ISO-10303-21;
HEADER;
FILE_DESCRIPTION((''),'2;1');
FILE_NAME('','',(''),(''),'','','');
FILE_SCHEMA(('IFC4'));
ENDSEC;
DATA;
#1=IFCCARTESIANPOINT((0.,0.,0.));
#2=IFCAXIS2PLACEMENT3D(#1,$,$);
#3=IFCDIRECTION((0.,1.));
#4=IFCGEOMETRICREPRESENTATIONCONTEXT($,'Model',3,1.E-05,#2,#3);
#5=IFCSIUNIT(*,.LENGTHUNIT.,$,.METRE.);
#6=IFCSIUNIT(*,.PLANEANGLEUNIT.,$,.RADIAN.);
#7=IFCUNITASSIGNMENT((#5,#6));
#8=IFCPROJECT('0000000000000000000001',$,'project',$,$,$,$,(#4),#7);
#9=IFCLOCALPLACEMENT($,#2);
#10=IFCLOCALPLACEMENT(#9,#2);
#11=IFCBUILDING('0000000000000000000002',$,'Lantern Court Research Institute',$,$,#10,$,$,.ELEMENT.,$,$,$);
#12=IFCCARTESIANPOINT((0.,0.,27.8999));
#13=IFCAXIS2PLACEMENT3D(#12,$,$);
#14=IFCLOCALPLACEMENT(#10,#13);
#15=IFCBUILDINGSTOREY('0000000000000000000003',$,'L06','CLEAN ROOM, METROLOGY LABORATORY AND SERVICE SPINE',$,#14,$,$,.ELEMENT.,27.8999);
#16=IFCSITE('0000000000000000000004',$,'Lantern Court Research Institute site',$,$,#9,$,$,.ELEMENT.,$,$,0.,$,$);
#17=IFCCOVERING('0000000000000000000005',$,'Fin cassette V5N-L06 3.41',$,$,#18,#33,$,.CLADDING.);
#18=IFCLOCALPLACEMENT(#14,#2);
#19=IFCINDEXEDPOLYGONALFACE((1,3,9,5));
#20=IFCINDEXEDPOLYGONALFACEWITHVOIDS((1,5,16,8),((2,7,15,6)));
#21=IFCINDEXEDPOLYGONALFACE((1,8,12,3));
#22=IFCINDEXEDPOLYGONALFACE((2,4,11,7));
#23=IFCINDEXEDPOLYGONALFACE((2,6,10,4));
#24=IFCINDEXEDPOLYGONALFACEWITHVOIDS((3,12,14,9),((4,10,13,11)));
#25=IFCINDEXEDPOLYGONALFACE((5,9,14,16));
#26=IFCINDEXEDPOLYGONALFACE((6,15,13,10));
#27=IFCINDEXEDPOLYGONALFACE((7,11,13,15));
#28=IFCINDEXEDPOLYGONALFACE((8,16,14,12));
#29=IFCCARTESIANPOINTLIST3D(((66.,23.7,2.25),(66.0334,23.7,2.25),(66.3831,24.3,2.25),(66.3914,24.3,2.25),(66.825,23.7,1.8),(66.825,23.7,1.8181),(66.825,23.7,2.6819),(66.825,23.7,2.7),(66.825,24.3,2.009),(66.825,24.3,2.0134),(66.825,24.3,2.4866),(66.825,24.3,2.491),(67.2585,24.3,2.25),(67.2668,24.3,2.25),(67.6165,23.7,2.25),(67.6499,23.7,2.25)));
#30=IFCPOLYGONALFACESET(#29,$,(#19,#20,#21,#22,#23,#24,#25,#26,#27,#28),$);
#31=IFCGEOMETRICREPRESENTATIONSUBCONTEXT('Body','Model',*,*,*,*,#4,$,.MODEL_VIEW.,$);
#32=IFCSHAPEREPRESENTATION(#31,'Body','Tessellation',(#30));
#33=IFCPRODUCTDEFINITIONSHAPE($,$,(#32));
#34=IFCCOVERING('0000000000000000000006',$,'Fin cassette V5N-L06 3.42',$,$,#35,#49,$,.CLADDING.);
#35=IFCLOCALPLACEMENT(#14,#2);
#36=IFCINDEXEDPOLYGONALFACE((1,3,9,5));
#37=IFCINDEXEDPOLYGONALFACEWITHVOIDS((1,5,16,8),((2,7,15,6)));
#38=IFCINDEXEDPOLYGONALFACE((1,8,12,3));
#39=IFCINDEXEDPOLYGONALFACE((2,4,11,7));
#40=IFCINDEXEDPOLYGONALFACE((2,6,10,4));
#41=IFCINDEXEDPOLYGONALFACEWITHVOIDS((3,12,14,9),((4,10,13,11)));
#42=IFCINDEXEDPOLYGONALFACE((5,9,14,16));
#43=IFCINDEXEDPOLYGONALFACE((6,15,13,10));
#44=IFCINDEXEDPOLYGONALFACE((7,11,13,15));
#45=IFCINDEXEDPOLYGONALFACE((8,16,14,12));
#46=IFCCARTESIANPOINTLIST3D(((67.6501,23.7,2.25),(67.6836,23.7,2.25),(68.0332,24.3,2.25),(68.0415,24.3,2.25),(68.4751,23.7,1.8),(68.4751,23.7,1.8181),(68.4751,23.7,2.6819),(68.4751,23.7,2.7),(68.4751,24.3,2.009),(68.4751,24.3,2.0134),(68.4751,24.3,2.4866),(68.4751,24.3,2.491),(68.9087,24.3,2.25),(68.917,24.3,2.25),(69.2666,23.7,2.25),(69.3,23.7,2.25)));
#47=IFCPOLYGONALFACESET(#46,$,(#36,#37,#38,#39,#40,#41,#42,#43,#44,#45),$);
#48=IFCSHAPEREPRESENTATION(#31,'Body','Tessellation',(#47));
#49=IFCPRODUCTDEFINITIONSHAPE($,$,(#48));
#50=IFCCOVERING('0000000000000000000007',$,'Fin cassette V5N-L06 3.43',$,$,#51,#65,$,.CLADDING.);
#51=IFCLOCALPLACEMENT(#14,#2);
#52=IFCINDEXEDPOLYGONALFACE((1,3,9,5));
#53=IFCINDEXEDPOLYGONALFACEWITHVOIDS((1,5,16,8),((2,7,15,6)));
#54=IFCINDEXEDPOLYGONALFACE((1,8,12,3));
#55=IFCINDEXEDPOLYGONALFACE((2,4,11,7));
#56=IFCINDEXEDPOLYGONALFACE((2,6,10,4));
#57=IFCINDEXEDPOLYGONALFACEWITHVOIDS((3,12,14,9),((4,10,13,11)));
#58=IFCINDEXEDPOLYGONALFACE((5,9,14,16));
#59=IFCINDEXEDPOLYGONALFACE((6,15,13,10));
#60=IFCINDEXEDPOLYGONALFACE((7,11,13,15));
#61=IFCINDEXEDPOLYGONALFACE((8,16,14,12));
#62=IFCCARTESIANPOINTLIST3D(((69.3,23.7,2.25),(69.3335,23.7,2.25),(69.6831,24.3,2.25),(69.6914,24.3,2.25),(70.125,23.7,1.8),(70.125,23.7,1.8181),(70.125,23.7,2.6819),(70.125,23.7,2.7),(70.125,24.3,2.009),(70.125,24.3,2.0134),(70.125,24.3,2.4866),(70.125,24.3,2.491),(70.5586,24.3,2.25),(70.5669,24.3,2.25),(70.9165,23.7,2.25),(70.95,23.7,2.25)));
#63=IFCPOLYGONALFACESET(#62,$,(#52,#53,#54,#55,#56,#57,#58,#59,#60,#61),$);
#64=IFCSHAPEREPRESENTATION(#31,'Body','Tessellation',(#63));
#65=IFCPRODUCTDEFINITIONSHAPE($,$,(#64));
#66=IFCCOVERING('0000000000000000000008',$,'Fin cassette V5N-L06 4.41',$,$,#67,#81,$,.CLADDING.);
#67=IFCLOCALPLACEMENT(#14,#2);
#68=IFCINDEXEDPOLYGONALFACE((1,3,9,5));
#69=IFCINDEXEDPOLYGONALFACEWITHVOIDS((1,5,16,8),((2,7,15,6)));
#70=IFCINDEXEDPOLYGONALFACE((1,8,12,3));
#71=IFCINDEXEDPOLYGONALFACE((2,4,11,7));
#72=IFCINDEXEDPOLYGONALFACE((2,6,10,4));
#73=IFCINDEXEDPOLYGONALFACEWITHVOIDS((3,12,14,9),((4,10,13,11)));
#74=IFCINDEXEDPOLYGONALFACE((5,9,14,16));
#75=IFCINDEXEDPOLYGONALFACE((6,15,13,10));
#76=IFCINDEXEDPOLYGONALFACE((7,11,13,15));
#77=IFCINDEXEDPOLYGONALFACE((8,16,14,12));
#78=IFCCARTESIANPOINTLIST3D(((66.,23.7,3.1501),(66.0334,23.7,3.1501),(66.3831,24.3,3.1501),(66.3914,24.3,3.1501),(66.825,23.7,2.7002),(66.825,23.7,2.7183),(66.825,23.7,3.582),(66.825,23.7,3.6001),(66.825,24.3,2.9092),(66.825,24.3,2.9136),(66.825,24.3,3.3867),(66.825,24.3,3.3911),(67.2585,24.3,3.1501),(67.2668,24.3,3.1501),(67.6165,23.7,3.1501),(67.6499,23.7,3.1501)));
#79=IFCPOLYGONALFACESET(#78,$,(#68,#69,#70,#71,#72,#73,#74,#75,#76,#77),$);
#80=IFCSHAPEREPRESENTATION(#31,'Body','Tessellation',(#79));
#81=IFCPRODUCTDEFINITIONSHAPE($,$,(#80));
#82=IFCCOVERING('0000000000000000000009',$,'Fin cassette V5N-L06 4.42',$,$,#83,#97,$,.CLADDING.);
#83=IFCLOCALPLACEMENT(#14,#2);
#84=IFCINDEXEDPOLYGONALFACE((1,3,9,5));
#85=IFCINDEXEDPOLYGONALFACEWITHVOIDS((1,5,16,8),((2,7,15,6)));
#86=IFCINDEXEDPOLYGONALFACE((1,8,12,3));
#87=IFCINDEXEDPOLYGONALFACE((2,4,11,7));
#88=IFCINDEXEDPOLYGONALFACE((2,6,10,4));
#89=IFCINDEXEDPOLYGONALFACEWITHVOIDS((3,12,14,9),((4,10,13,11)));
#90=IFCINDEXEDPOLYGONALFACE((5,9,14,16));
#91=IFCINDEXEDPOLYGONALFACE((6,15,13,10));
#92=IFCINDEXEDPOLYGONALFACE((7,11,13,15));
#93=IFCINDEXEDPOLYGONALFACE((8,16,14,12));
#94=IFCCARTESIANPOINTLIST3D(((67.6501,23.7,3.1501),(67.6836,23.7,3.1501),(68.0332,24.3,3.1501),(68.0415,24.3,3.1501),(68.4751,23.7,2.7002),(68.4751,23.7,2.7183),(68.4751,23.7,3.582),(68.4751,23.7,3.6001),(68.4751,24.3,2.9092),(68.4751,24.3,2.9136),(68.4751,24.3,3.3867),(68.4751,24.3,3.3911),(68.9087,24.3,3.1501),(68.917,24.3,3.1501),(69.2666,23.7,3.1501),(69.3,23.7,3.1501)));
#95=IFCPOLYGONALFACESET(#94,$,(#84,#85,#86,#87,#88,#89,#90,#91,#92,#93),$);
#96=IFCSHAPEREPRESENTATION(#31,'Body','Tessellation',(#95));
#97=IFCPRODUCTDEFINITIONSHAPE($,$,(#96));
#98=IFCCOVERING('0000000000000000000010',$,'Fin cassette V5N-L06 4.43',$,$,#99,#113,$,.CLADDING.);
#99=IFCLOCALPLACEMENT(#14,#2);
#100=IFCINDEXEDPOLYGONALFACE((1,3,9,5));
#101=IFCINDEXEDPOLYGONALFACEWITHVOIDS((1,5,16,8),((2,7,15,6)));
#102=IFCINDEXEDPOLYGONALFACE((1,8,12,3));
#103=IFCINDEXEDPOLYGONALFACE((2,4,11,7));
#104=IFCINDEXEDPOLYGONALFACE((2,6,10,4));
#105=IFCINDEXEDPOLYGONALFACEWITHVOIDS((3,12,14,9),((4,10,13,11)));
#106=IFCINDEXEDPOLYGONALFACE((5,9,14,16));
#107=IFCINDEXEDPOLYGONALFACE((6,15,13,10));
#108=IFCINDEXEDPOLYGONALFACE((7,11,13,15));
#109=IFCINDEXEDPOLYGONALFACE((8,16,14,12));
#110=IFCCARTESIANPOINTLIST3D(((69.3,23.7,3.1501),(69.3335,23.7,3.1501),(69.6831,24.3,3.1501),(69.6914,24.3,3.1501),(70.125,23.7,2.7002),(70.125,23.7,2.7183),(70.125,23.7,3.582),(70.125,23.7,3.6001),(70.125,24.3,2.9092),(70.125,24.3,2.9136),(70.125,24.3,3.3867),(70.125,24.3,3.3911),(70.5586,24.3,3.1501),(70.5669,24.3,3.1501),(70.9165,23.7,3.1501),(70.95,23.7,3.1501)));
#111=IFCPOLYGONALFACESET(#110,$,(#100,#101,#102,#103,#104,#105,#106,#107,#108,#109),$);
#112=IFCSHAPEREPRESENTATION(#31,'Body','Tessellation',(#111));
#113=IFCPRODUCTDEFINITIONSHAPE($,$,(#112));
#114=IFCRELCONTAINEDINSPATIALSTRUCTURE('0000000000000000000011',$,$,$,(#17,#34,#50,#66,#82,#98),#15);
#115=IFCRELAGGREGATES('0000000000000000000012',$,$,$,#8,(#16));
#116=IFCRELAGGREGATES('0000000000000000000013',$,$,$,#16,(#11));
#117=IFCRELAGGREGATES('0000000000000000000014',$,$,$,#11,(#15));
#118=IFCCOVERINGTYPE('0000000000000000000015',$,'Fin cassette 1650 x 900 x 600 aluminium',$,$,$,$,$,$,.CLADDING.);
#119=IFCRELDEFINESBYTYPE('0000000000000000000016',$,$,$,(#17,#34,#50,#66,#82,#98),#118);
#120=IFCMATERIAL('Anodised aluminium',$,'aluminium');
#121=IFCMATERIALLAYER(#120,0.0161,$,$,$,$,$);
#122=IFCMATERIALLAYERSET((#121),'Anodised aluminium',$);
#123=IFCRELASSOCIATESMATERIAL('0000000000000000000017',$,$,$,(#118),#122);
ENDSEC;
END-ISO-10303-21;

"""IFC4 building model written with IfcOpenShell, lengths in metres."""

from ifc_helpers import new_model, entity, si_unit, direction, frame, origin, place, context, subcontext, project, spatial, material, layer, layer_set, type_object, element, save


model = new_model("IFC4")

# Units and contexts
model_context = context("Model", 3, precision=1e-05, world=origin(), true_north=direction((0.0, 1.0)))
body_context = subcontext(model_context, "Body", "Model", "MODEL_VIEW")
ifc_project = project(units=[si_unit("LENGTHUNIT", "METRE"), si_unit("PLANEANGLEUNIT", "RADIAN")], contexts=[model_context])

# Site, building, storey
site_placement = place(None, origin())
site = spatial("IfcSite", under=ifc_project, at=site_placement, Name="Lantern Court Research Institute site", CompositionType="ELEMENT", RefElevation=0.0)
building_placement = place(site_placement, origin())
building = spatial("IfcBuilding", under=site, at=building_placement, Name="Lantern Court Research Institute", CompositionType="ELEMENT")
storey_placement = place(building_placement, frame((0.0, 0.0, 27.8999)))
storey = spatial("IfcBuildingStorey", under=building, at=storey_placement, Name="L06", Description="CLEAN ROOM, METROLOGY LABORATORY AND SERVICE SPINE", CompositionType="ELEMENT", Elevation=27.8999)

# Coverings
ifc_material_1 = material(Name="Anodised aluminium", Category="aluminium")
ifc_layer_1 = layer(ifc_material_1, 0.0161)
ifc_layer_set_1 = layer_set([ifc_layer_1], Name="Anodised aluminium")
covering_type = type_object("IfcCoveringType", Name="Fin cassette 1650 x 900 x 600 aluminium", PredefinedType="CLADDING", material=ifc_layer_set_1)
covering_1_placement = place(storey_placement, frame((66.825, 23.7, 2.25), z_axis=(0.0, 1.0, 0.0), x_axis=(-1.0, 0.0, 0.0)))
cartesian_point_1 = entity("IfcCartesianPoint", [0.825, 0.0])
cartesian_point_2 = entity("IfcCartesianPoint", [0.7915, 0.0])
cartesian_point_3 = entity("IfcCartesianPoint", [0.4419, 0.0])
cartesian_point_4 = entity("IfcCartesianPoint", [0.4336, 0.0])
element("IfcCovering", 1, at=covering_1_placement, inside=storey, type_object=covering_type, Name="Fin cassette V5N-L06 3.41", PredefinedType="CLADDING", context=body_context, shape_type="SweptSolid", body=[
    entity("IfcExtrudedAreaSolidTapered", entity("IfcArbitraryProfileDefWithVoids", "AREA", None, entity("IfcPolyline", [cartesian_point_1, entity("IfcCartesianPoint", [0.0, 0.45]), entity("IfcCartesianPoint", [-0.825, 0.0]), entity("IfcCartesianPoint", [0.0, -0.45]), cartesian_point_1]), [entity("IfcPolyline", [cartesian_point_2, entity("IfcCartesianPoint", [0.0, 0.4319]), entity("IfcCartesianPoint", [-0.7915, 0.0]), entity("IfcCartesianPoint", [0.0, -0.4319]), cartesian_point_2])]), entity("IfcAxis2Placement3D", entity("IfcCartesianPoint", [0.0, 0.0, 0.0])), entity("IfcDirection", [0.0, 0.0, 1.0]), 0.6001, entity("IfcArbitraryProfileDefWithVoids", "AREA", None, entity("IfcPolyline", [cartesian_point_3, entity("IfcCartesianPoint", [0.0, 0.241]), entity("IfcCartesianPoint", [-0.4419, 0.0]), entity("IfcCartesianPoint", [0.0, -0.241]), cartesian_point_3]), [entity("IfcPolyline", [cartesian_point_4, entity("IfcCartesianPoint", [0.0, 0.2366]), entity("IfcCartesianPoint", [-0.4336, 0.0]), entity("IfcCartesianPoint", [0.0, -0.2366]), cartesian_point_4])])),
])
covering_2_placement = place(storey_placement, frame((68.4751, 23.7, 2.25), z_axis=(0.0, 1.0, 0.0), x_axis=(-1.0, 0.0, 0.0)))
cartesian_point_5 = entity("IfcCartesianPoint", [0.825, 0.0])
cartesian_point_6 = entity("IfcCartesianPoint", [0.7915, 0.0])
cartesian_point_7 = entity("IfcCartesianPoint", [0.4419, 0.0])
cartesian_point_8 = entity("IfcCartesianPoint", [0.4336, 0.0])
element("IfcCovering", 2, at=covering_2_placement, inside=storey, type_object=covering_type, Name="Fin cassette V5N-L06 3.42", PredefinedType="CLADDING", context=body_context, shape_type="SweptSolid", body=[
    entity("IfcExtrudedAreaSolidTapered", entity("IfcArbitraryProfileDefWithVoids", "AREA", None, entity("IfcPolyline", [cartesian_point_5, entity("IfcCartesianPoint", [0.0, 0.45]), entity("IfcCartesianPoint", [-0.825, 0.0]), entity("IfcCartesianPoint", [0.0, -0.45]), cartesian_point_5]), [entity("IfcPolyline", [cartesian_point_6, entity("IfcCartesianPoint", [0.0, 0.4319]), entity("IfcCartesianPoint", [-0.7915, 0.0]), entity("IfcCartesianPoint", [0.0, -0.4319]), cartesian_point_6])]), entity("IfcAxis2Placement3D", entity("IfcCartesianPoint", [0.0, 0.0, 0.0])), entity("IfcDirection", [0.0, 0.0, 1.0]), 0.6001, entity("IfcArbitraryProfileDefWithVoids", "AREA", None, entity("IfcPolyline", [cartesian_point_7, entity("IfcCartesianPoint", [0.0, 0.241]), entity("IfcCartesianPoint", [-0.4419, 0.0]), entity("IfcCartesianPoint", [0.0, -0.241]), cartesian_point_7]), [entity("IfcPolyline", [cartesian_point_8, entity("IfcCartesianPoint", [0.0, 0.2366]), entity("IfcCartesianPoint", [-0.4336, 0.0]), entity("IfcCartesianPoint", [0.0, -0.2366]), cartesian_point_8])])),
])
covering_3_placement = place(storey_placement, frame((70.125, 23.7, 2.25), z_axis=(0.0, 1.0, 0.0), x_axis=(-1.0, 0.0, 0.0)))
cartesian_point_9 = entity("IfcCartesianPoint", [0.825, 0.0])
cartesian_point_10 = entity("IfcCartesianPoint", [0.7915, 0.0])
cartesian_point_11 = entity("IfcCartesianPoint", [0.4419, 0.0])
cartesian_point_12 = entity("IfcCartesianPoint", [0.4336, 0.0])
element("IfcCovering", 3, at=covering_3_placement, inside=storey, type_object=covering_type, Name="Fin cassette V5N-L06 3.43", PredefinedType="CLADDING", context=body_context, shape_type="SweptSolid", body=[
    entity("IfcExtrudedAreaSolidTapered", entity("IfcArbitraryProfileDefWithVoids", "AREA", None, entity("IfcPolyline", [cartesian_point_9, entity("IfcCartesianPoint", [0.0, 0.45]), entity("IfcCartesianPoint", [-0.825, 0.0]), entity("IfcCartesianPoint", [0.0, -0.45]), cartesian_point_9]), [entity("IfcPolyline", [cartesian_point_10, entity("IfcCartesianPoint", [0.0, 0.4319]), entity("IfcCartesianPoint", [-0.7915, 0.0]), entity("IfcCartesianPoint", [0.0, -0.4319]), cartesian_point_10])]), entity("IfcAxis2Placement3D", entity("IfcCartesianPoint", [0.0, 0.0, 0.0])), entity("IfcDirection", [0.0, 0.0, 1.0]), 0.6001, entity("IfcArbitraryProfileDefWithVoids", "AREA", None, entity("IfcPolyline", [cartesian_point_11, entity("IfcCartesianPoint", [0.0, 0.241]), entity("IfcCartesianPoint", [-0.4419, 0.0]), entity("IfcCartesianPoint", [0.0, -0.241]), cartesian_point_11]), [entity("IfcPolyline", [cartesian_point_12, entity("IfcCartesianPoint", [0.0, 0.2366]), entity("IfcCartesianPoint", [-0.4336, 0.0]), entity("IfcCartesianPoint", [0.0, -0.2366]), cartesian_point_12])])),
])
covering_4_placement = place(storey_placement, frame((66.825, 23.7, 3.1501), z_axis=(0.0, 1.0, 0.0), x_axis=(-1.0, 0.0, 0.0)))
cartesian_point_13 = entity("IfcCartesianPoint", [0.825, 0.0])
cartesian_point_14 = entity("IfcCartesianPoint", [0.7915, 0.0])
cartesian_point_15 = entity("IfcCartesianPoint", [0.4419, 0.0])
cartesian_point_16 = entity("IfcCartesianPoint", [0.4336, 0.0])
element("IfcCovering", 4, at=covering_4_placement, inside=storey, type_object=covering_type, Name="Fin cassette V5N-L06 4.41", PredefinedType="CLADDING", context=body_context, shape_type="SweptSolid", body=[
    entity("IfcExtrudedAreaSolidTapered", entity("IfcArbitraryProfileDefWithVoids", "AREA", None, entity("IfcPolyline", [cartesian_point_13, entity("IfcCartesianPoint", [0.0, 0.45]), entity("IfcCartesianPoint", [-0.825, 0.0]), entity("IfcCartesianPoint", [0.0, -0.45]), cartesian_point_13]), [entity("IfcPolyline", [cartesian_point_14, entity("IfcCartesianPoint", [0.0, 0.4319]), entity("IfcCartesianPoint", [-0.7915, 0.0]), entity("IfcCartesianPoint", [0.0, -0.4319]), cartesian_point_14])]), entity("IfcAxis2Placement3D", entity("IfcCartesianPoint", [0.0, 0.0, 0.0])), entity("IfcDirection", [0.0, 0.0, 1.0]), 0.6001, entity("IfcArbitraryProfileDefWithVoids", "AREA", None, entity("IfcPolyline", [cartesian_point_15, entity("IfcCartesianPoint", [0.0, 0.241]), entity("IfcCartesianPoint", [-0.4419, 0.0]), entity("IfcCartesianPoint", [0.0, -0.241]), cartesian_point_15]), [entity("IfcPolyline", [cartesian_point_16, entity("IfcCartesianPoint", [0.0, 0.2366]), entity("IfcCartesianPoint", [-0.4336, 0.0]), entity("IfcCartesianPoint", [0.0, -0.2366]), cartesian_point_16])])),
])
covering_5_placement = place(storey_placement, frame((68.4751, 23.7, 3.1501), z_axis=(0.0, 1.0, 0.0), x_axis=(-1.0, 0.0, 0.0)))
cartesian_point_17 = entity("IfcCartesianPoint", [0.825, 0.0])
cartesian_point_18 = entity("IfcCartesianPoint", [0.7915, 0.0])
cartesian_point_19 = entity("IfcCartesianPoint", [0.4419, 0.0])
cartesian_point_20 = entity("IfcCartesianPoint", [0.4336, 0.0])
element("IfcCovering", 5, at=covering_5_placement, inside=storey, type_object=covering_type, Name="Fin cassette V5N-L06 4.42", PredefinedType="CLADDING", context=body_context, shape_type="SweptSolid", body=[
    entity("IfcExtrudedAreaSolidTapered", entity("IfcArbitraryProfileDefWithVoids", "AREA", None, entity("IfcPolyline", [cartesian_point_17, entity("IfcCartesianPoint", [0.0, 0.45]), entity("IfcCartesianPoint", [-0.825, 0.0]), entity("IfcCartesianPoint", [0.0, -0.45]), cartesian_point_17]), [entity("IfcPolyline", [cartesian_point_18, entity("IfcCartesianPoint", [0.0, 0.4319]), entity("IfcCartesianPoint", [-0.7915, 0.0]), entity("IfcCartesianPoint", [0.0, -0.4319]), cartesian_point_18])]), entity("IfcAxis2Placement3D", entity("IfcCartesianPoint", [0.0, 0.0, 0.0])), entity("IfcDirection", [0.0, 0.0, 1.0]), 0.6001, entity("IfcArbitraryProfileDefWithVoids", "AREA", None, entity("IfcPolyline", [cartesian_point_19, entity("IfcCartesianPoint", [0.0, 0.241]), entity("IfcCartesianPoint", [-0.4419, 0.0]), entity("IfcCartesianPoint", [0.0, -0.241]), cartesian_point_19]), [entity("IfcPolyline", [cartesian_point_20, entity("IfcCartesianPoint", [0.0, 0.2366]), entity("IfcCartesianPoint", [-0.4336, 0.0]), entity("IfcCartesianPoint", [0.0, -0.2366]), cartesian_point_20])])),
])
covering_6_placement = place(storey_placement, frame((70.125, 23.7, 3.1501), z_axis=(0.0, 1.0, 0.0), x_axis=(-1.0, 0.0, 0.0)))
cartesian_point_21 = entity("IfcCartesianPoint", [0.825, 0.0])
cartesian_point_22 = entity("IfcCartesianPoint", [0.7915, 0.0])
cartesian_point_23 = entity("IfcCartesianPoint", [0.4419, 0.0])
cartesian_point_24 = entity("IfcCartesianPoint", [0.4336, 0.0])
element("IfcCovering", 6, at=covering_6_placement, inside=storey, type_object=covering_type, Name="Fin cassette V5N-L06 4.43", PredefinedType="CLADDING", context=body_context, shape_type="SweptSolid", body=[
    entity("IfcExtrudedAreaSolidTapered", entity("IfcArbitraryProfileDefWithVoids", "AREA", None, entity("IfcPolyline", [cartesian_point_21, entity("IfcCartesianPoint", [0.0, 0.45]), entity("IfcCartesianPoint", [-0.825, 0.0]), entity("IfcCartesianPoint", [0.0, -0.45]), cartesian_point_21]), [entity("IfcPolyline", [cartesian_point_22, entity("IfcCartesianPoint", [0.0, 0.4319]), entity("IfcCartesianPoint", [-0.7915, 0.0]), entity("IfcCartesianPoint", [0.0, -0.4319]), cartesian_point_22])]), entity("IfcAxis2Placement3D", entity("IfcCartesianPoint", [0.0, 0.0, 0.0])), entity("IfcDirection", [0.0, 0.0, 1.0]), 0.6001, entity("IfcArbitraryProfileDefWithVoids", "AREA", None, entity("IfcPolyline", [cartesian_point_23, entity("IfcCartesianPoint", [0.0, 0.241]), entity("IfcCartesianPoint", [-0.4419, 0.0]), entity("IfcCartesianPoint", [0.0, -0.241]), cartesian_point_23]), [entity("IfcPolyline", [cartesian_point_24, entity("IfcCartesianPoint", [0.0, 0.2366]), entity("IfcCartesianPoint", [-0.4336, 0.0]), entity("IfcCartesianPoint", [0.0, -0.2366]), cartesian_point_24])])),
])

save(model, "model.ifc")
